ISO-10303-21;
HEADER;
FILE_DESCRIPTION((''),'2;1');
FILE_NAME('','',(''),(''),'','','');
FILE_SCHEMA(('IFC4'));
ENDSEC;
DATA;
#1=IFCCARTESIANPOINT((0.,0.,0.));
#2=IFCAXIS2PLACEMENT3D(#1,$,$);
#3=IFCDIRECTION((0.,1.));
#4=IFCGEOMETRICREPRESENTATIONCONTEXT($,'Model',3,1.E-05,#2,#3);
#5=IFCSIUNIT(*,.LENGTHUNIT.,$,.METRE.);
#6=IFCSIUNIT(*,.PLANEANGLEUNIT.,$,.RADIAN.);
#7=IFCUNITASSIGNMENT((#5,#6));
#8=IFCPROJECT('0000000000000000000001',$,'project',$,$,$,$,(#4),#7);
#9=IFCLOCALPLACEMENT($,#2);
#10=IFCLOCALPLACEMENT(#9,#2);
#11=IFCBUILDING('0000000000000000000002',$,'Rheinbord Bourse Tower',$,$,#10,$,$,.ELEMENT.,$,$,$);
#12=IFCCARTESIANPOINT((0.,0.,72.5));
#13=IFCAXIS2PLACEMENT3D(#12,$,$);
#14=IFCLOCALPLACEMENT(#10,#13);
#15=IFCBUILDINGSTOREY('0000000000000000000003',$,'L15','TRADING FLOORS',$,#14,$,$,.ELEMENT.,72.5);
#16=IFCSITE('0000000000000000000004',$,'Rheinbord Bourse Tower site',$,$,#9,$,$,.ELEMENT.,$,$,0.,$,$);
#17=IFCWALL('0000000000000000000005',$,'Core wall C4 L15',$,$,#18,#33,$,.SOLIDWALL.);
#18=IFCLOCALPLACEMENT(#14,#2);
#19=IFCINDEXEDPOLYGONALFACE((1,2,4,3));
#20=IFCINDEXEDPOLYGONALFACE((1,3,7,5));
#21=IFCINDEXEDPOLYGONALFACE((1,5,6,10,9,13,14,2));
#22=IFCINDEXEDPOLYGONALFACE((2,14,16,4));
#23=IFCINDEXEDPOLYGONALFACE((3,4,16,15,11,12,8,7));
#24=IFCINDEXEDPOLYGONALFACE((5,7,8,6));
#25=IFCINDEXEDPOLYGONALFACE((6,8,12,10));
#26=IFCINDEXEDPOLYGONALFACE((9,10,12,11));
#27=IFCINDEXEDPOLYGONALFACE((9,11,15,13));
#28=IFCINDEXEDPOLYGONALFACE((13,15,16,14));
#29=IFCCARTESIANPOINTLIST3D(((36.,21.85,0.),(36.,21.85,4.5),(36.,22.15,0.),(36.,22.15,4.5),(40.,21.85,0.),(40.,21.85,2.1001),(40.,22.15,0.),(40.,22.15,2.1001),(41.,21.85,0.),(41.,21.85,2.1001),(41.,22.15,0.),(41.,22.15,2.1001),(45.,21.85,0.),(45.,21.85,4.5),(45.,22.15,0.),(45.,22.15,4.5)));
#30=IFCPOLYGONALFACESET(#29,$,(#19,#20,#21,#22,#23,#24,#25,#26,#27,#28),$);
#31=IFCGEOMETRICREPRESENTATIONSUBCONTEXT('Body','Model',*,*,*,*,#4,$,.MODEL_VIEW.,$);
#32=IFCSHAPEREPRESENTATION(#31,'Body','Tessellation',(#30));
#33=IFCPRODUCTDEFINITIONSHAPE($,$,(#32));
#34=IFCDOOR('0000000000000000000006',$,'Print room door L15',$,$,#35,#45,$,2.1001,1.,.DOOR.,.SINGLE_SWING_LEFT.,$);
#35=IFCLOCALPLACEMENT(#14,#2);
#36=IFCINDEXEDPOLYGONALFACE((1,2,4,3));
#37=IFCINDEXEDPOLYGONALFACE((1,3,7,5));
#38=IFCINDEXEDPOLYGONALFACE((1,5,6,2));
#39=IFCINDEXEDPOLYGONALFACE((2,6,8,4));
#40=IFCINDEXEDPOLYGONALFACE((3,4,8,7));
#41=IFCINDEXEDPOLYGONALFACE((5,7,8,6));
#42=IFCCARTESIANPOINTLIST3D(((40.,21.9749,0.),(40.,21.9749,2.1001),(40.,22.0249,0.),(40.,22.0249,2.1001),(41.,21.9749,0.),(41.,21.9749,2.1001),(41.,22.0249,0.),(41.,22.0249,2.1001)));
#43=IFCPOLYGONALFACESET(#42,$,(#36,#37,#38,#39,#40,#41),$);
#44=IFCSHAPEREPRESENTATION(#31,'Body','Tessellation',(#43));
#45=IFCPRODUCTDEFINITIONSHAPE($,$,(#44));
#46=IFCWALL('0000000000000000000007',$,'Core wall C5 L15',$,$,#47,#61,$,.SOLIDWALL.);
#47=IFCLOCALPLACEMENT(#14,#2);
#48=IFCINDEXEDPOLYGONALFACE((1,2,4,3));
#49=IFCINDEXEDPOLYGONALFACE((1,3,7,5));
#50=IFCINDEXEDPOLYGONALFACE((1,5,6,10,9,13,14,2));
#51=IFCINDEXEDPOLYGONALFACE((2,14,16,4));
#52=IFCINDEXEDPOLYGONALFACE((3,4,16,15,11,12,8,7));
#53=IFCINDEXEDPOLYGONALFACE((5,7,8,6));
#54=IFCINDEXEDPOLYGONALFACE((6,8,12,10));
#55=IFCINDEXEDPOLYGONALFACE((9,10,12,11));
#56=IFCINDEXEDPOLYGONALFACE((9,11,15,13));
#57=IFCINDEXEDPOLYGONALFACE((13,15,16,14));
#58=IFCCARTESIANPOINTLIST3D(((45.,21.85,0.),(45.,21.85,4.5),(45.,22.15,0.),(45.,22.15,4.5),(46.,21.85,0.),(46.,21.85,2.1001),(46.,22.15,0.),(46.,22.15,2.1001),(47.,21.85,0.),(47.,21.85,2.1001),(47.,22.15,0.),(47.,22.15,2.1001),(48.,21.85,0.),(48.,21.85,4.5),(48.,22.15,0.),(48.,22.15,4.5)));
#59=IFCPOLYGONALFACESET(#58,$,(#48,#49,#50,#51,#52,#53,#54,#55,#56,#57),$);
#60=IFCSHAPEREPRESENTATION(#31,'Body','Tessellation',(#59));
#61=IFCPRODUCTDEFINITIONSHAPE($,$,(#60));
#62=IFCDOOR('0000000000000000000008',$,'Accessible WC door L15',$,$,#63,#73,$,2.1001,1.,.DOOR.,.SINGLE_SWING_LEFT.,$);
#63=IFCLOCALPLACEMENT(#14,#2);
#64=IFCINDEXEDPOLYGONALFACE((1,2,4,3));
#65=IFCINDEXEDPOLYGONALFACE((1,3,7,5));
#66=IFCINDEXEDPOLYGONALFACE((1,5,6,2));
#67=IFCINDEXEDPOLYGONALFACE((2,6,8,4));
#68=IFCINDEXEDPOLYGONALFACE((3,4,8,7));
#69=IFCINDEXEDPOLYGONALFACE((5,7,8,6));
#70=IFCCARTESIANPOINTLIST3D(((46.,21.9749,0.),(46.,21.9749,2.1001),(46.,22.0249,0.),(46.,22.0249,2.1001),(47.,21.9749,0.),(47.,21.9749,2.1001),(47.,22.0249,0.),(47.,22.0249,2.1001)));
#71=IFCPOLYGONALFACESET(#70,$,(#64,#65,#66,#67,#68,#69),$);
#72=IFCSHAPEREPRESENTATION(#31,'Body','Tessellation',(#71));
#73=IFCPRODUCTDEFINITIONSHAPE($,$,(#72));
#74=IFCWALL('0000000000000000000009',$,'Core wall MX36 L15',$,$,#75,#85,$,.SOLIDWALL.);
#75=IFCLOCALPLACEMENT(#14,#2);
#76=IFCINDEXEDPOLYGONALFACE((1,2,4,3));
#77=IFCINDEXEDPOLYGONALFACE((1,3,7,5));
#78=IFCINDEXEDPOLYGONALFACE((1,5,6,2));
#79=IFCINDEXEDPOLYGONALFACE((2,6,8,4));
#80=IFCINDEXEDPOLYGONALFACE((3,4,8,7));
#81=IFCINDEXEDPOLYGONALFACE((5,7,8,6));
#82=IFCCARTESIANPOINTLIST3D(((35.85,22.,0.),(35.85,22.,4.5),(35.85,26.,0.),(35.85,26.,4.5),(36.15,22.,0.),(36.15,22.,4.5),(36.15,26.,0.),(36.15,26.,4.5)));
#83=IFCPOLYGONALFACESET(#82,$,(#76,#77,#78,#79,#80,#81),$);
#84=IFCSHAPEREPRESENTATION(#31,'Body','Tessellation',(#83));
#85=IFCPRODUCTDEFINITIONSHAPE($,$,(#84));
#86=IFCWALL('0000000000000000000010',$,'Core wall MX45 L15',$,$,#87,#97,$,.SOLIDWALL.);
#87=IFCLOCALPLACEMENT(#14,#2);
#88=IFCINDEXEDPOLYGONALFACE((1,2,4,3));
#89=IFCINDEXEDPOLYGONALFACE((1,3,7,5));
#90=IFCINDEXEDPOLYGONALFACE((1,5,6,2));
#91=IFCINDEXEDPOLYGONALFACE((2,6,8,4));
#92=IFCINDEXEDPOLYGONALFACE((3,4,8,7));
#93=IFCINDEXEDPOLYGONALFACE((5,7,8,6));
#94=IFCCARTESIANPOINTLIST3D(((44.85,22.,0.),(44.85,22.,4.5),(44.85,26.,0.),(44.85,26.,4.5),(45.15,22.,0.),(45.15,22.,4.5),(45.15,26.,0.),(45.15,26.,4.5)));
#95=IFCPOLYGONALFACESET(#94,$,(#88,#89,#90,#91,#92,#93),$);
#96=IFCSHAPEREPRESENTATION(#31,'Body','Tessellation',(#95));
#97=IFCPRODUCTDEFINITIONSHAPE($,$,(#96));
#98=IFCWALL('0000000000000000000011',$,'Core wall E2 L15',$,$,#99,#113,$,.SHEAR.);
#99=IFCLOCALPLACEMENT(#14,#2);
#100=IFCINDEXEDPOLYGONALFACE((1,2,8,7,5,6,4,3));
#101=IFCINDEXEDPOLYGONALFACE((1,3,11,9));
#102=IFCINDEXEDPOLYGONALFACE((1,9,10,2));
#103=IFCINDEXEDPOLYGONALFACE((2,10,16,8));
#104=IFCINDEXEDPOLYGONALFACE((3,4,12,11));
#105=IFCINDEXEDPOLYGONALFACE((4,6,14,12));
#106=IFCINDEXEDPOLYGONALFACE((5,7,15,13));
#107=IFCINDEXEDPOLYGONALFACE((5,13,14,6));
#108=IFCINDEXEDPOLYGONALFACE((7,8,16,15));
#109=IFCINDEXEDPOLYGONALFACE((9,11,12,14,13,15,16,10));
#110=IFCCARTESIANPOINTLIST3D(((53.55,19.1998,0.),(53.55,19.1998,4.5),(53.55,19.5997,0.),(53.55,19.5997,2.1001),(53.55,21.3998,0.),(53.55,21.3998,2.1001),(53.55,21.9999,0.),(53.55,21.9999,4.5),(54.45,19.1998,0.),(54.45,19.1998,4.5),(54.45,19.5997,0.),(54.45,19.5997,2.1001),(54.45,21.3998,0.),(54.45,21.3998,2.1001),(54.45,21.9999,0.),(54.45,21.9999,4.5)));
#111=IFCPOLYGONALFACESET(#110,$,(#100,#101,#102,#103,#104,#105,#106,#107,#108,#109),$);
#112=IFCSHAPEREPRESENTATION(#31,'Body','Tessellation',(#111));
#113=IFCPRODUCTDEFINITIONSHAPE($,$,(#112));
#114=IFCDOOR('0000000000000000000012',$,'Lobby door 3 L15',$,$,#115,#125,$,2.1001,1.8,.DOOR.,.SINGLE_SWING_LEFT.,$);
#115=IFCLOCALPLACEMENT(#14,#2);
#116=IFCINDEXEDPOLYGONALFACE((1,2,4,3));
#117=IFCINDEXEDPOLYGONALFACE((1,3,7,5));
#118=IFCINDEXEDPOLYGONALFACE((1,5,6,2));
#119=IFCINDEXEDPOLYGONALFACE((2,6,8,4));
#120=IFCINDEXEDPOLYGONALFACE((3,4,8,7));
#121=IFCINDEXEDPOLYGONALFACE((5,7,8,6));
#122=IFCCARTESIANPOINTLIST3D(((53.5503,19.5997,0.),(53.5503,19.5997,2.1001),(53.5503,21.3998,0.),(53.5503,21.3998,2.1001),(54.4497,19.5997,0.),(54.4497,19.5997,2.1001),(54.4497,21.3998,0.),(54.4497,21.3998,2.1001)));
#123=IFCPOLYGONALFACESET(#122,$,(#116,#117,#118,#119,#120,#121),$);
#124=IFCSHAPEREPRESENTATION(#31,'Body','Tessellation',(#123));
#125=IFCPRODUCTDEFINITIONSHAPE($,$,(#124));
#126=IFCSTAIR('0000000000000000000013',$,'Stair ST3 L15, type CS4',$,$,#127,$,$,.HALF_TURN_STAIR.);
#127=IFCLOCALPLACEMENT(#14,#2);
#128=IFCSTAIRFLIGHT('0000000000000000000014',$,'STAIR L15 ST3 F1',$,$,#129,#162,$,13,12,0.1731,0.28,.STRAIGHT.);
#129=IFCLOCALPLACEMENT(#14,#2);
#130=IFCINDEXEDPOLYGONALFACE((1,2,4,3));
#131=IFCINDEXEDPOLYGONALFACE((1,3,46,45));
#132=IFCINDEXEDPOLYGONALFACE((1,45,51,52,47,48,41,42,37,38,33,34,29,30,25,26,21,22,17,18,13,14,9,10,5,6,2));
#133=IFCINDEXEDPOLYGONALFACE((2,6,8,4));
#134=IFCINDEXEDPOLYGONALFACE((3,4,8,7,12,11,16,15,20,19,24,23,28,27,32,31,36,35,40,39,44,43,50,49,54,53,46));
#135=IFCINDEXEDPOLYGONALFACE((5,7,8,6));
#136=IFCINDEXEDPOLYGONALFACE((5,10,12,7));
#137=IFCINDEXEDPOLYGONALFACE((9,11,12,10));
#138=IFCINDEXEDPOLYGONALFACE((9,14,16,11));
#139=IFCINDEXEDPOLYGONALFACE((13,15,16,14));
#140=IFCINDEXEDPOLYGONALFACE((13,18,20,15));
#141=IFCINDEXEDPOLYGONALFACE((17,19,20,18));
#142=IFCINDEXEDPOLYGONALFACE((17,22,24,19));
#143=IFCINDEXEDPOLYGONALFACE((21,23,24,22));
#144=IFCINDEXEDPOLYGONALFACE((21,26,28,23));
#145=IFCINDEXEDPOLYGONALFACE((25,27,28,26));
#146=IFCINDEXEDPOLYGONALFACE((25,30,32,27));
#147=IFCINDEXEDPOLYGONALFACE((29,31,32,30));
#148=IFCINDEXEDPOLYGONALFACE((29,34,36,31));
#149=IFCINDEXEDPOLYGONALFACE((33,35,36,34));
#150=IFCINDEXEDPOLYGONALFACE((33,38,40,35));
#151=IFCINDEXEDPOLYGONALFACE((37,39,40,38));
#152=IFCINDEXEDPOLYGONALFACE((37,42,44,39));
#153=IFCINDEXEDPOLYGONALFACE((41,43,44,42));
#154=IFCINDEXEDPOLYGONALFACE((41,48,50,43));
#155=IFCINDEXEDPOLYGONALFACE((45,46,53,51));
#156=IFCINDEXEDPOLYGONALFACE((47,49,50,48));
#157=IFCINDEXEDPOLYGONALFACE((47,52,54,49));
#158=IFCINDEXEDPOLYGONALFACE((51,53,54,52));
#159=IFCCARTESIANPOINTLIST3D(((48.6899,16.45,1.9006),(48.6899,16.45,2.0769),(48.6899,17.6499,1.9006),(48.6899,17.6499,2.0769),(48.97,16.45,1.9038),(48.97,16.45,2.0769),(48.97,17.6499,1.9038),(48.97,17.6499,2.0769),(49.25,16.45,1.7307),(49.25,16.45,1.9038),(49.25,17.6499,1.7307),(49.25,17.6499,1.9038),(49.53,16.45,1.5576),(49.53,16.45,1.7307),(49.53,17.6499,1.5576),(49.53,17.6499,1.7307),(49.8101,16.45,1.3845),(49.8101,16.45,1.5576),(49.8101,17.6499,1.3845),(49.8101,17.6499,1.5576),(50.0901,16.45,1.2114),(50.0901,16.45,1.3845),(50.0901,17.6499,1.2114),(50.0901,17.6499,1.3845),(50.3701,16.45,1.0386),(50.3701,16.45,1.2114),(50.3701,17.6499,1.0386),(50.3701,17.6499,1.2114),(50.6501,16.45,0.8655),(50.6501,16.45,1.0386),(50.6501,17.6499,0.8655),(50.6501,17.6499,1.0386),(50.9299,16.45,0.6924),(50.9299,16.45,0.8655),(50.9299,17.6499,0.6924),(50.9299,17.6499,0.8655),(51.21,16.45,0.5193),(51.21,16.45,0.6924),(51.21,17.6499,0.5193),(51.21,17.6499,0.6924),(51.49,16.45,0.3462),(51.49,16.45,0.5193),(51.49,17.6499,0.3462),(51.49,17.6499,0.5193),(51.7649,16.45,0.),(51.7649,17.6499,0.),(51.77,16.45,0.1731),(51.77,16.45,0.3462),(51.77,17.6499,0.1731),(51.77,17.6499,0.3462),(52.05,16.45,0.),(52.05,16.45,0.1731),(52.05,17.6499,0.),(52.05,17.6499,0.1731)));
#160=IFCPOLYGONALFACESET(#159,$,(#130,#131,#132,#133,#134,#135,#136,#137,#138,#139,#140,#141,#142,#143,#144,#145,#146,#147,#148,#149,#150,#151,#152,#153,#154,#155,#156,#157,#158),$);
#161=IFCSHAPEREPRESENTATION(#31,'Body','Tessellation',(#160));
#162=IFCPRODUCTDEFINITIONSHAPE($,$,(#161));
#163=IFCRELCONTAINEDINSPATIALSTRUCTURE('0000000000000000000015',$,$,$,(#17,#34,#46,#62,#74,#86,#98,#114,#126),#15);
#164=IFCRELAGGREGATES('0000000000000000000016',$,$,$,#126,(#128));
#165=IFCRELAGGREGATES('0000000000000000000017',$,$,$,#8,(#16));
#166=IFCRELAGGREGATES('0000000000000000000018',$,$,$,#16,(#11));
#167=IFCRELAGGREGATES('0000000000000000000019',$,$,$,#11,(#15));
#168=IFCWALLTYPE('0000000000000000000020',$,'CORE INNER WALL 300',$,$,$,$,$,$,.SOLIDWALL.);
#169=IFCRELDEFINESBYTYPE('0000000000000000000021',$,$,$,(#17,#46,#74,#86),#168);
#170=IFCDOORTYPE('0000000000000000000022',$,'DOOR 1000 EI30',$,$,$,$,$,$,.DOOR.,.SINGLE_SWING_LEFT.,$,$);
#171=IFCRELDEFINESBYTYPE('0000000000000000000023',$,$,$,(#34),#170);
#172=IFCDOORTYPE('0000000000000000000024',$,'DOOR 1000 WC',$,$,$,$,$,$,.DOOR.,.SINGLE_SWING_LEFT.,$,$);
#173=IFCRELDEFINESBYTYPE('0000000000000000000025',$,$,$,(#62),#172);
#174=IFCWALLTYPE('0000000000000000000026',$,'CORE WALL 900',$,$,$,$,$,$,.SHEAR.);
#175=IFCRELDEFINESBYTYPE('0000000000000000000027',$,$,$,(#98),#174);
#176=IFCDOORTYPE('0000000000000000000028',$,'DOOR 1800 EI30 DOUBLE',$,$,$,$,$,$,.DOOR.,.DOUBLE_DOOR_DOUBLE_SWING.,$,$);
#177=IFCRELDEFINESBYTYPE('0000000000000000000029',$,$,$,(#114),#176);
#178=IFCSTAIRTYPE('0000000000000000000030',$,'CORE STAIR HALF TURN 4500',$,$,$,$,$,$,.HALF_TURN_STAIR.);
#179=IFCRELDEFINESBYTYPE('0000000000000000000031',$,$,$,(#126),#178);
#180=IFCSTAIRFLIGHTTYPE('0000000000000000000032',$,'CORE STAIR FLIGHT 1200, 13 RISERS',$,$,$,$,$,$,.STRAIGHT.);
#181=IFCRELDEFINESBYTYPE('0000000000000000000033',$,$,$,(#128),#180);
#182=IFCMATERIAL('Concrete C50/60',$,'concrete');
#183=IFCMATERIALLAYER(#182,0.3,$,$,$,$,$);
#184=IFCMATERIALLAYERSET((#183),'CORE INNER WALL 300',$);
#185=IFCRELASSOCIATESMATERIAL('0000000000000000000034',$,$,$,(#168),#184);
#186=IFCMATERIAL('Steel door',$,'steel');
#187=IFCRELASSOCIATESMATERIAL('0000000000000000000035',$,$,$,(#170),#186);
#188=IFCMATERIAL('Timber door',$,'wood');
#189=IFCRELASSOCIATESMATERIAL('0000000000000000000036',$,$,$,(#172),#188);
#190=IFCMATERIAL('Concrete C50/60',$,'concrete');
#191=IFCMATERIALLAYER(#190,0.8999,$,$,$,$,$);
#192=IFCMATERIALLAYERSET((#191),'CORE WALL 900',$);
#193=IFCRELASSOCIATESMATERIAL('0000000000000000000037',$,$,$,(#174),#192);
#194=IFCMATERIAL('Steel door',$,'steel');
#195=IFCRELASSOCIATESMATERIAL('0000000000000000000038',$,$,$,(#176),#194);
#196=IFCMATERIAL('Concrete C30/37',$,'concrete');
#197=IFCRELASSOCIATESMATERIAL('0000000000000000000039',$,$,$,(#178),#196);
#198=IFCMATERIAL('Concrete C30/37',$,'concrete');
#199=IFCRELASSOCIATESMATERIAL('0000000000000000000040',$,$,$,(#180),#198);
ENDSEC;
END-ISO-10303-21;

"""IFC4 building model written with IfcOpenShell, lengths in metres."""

from ifc_helpers import new_model, si_unit, direction, frame, frame_2d, origin, place, context, subcontext, project, spatial, polyline, rectangle, outline, extrude, material, layer, layer_set, type_object, element, fill, aggregate, save


model = new_model("IFC4")

# Units and contexts
model_context = context("Model", 3, precision=1e-05, world=origin(), true_north=direction((0.0, 1.0)))
body_context = subcontext(model_context, "Body", "Model", "MODEL_VIEW")
ifc_project = project(units=[si_unit("LENGTHUNIT", "METRE"), si_unit("PLANEANGLEUNIT", "RADIAN")], contexts=[model_context])

# Site, building, storey
site_placement = place(None, origin())
site = spatial("IfcSite", under=ifc_project, at=site_placement, Name="Rheinbord Bourse Tower site", CompositionType="ELEMENT", RefElevation=0.0)
building_placement = place(site_placement, origin())
building = spatial("IfcBuilding", under=site, at=building_placement, Name="Rheinbord Bourse Tower", CompositionType="ELEMENT")
storey_placement = place(building_placement, frame((0.0, 0.0, 72.5)))
storey = spatial("IfcBuildingStorey", under=building, at=storey_placement, Name="L15", Description="TRADING FLOORS", CompositionType="ELEMENT", Elevation=72.5)

# Shared definitions
ifc_material_1 = material(Name="Concrete C50/60", Category="concrete")
ifc_layer_1 = layer(ifc_material_1, 0.3)
ifc_layer_set_1 = layer_set([ifc_layer_1], Name="CORE INNER WALL 300")
wall_type_1 = type_object("IfcWallType", Name="CORE INNER WALL 300", PredefinedType="SOLIDWALL", material=ifc_layer_set_1)

# Walls, openings, doors
ifc_material_2 = material(Name="Steel door", Category="steel")
door_type_1 = type_object("IfcDoorType", Name="DOOR 1000 EI30", OperationType="SINGLE_SWING_LEFT", PredefinedType="DOOR", material=ifc_material_2)
wall_1_placement = place(storey_placement, frame((36.0, 22.0, 0.0), z_axis=(0.0, 0.0, 1.0), x_axis=(1.0, 0.0, 0.0)))
wall_1 = element("IfcWall", 1, at=wall_1_placement, inside=storey, type_object=wall_type_1, Name="Core wall C4 L15", PredefinedType="SOLIDWALL", context=body_context, shape_type="SweptSolid", body=[
    extrude(rectangle(XDim=9.0, YDim=0.3, at=frame_2d((4.5, 0.0))), origin(), (0.0, 0.0, 1.0), 4.5),
])
opening_1_placement = place(wall_1_placement, frame((4.0, 0.0, 0.0)))
opening_1 = element("IfcOpeningElement", 2, at=opening_1_placement, cuts=wall_1, PredefinedType="OPENING", context=body_context, shape_type="SweptSolid", body=[
    extrude(rectangle(XDim=1.0, YDim=2.1001, at=frame_2d((0.5, 1.05))), frame((0.0, 0.1599, 0.0), z_axis=(0.0, -1.0, 0.0), x_axis=(1.0, 0.0, 0.0)), (0.0, 0.0, 1.0), 0.3201),
])
door_1_placement = place(opening_1_placement, origin())
door_1 = element("IfcDoor", 3, at=door_1_placement, inside=storey, type_object=door_type_1, Name="Print room door L15", OperationType="SINGLE_SWING_LEFT", OverallHeight=2.1001, OverallWidth=1.0, PredefinedType="DOOR", context=body_context, shape_type="SweptSolid", body=[
    extrude(rectangle(XDim=1.0, YDim=2.1001, at=frame_2d((0.5, 1.05))), frame((0.0, 0.0249, 0.0), z_axis=(0.0, -1.0, 0.0), x_axis=(1.0, 0.0, 0.0)), (0.0, 0.0, 1.0), 0.05),
])
fill(opening_1, door_1)
wall_2_placement = place(storey_placement, frame((45.0, 22.0, 0.0), z_axis=(0.0, 0.0, 1.0), x_axis=(1.0, 0.0, 0.0)))
wall_2 = element("IfcWall", 4, at=wall_2_placement, inside=storey, type_object=wall_type_1, Name="Core wall C5 L15", PredefinedType="SOLIDWALL", context=body_context, shape_type="SweptSolid", body=[
    extrude(rectangle(XDim=3.0, YDim=0.3, at=frame_2d((1.5, 0.0))), origin(), (0.0, 0.0, 1.0), 4.5),
])
opening_2_placement = place(wall_2_placement, frame((1.0, 0.0, 0.0)))
opening_2 = element("IfcOpeningElement", 5, at=opening_2_placement, cuts=wall_2, PredefinedType="OPENING", context=body_context, shape_type="SweptSolid", body=[
    extrude(rectangle(XDim=1.0, YDim=2.1001, at=frame_2d((0.5, 1.05))), frame((0.0, 0.1599, 0.0), z_axis=(0.0, -1.0, 0.0), x_axis=(1.0, 0.0, 0.0)), (0.0, 0.0, 1.0), 0.3201),
])
ifc_material_3 = material(Name="Timber door", Category="wood")
door_type_2 = type_object("IfcDoorType", Name="DOOR 1000 WC", OperationType="SINGLE_SWING_LEFT", PredefinedType="DOOR", material=ifc_material_3)
door_2_placement = place(opening_2_placement, origin())
door_2 = element("IfcDoor", 6, at=door_2_placement, inside=storey, type_object=door_type_2, Name="Accessible WC door L15", OperationType="SINGLE_SWING_LEFT", OverallHeight=2.1001, OverallWidth=1.0, PredefinedType="DOOR", context=body_context, shape_type="SweptSolid", body=[
    extrude(rectangle(XDim=1.0, YDim=2.1001, at=frame_2d((0.5, 1.05))), frame((0.0, 0.0249, 0.0), z_axis=(0.0, -1.0, 0.0), x_axis=(1.0, 0.0, 0.0)), (0.0, 0.0, 1.0), 0.05),
])
fill(opening_2, door_2)

# Walls
for number, where, z_axis, x_axis, name in (
    (7, (36.0, 22.0, 0.0), (0.0, 0.0, 1.0), (0.0, 1.0, 0.0), "Core wall MX36 L15"),
    (8, (45.0, 22.0, 0.0), (0.0, 0.0, 1.0), (0.0, 1.0, 0.0), "Core wall MX45 L15"),
):
    element("IfcWall", number, at=place(storey_placement, frame(where, z_axis=z_axis, x_axis=x_axis)), inside=storey, type_object=wall_type_1, Name=name, PredefinedType="SOLIDWALL", context=body_context, shape_type="SweptSolid", body=[
        extrude(rectangle(XDim=4.0, YDim=0.3, at=frame_2d((2.0, 0.0))), origin(), (0.0, 0.0, 1.0), 4.5),
    ])

# Wall, opening, door
ifc_material_4 = material(Name="Concrete C50/60", Category="concrete")
ifc_layer_2 = layer(ifc_material_4, 0.8999)
ifc_layer_set_2 = layer_set([ifc_layer_2], Name="CORE WALL 900")
wall_type_2 = type_object("IfcWallType", Name="CORE WALL 900", PredefinedType="SHEAR", material=ifc_layer_set_2)
wall_3_placement = place(storey_placement, frame((54.0, 19.2, 0.0), z_axis=(0.0, 0.0, 1.0), x_axis=(0.0, 1.0, 0.0)))
wall_3 = element("IfcWall", 9, at=wall_3_placement, inside=storey, type_object=wall_type_2, Name="Core wall E2 L15", PredefinedType="SHEAR", context=body_context, shape_type="SweptSolid", body=[
    extrude(rectangle(XDim=2.8, YDim=0.8999, at=frame_2d((1.3999, 0.0))), origin(), (0.0, 0.0, 1.0), 4.5),
])
opening_3_placement = place(wall_3_placement, frame((0.3999, 0.0, 0.0)))
opening_3 = element("IfcOpeningElement", 10, at=opening_3_placement, cuts=wall_3, PredefinedType="OPENING", context=body_context, shape_type="SweptSolid", body=[
    extrude(rectangle(XDim=1.8, YDim=2.1001, at=frame_2d((0.8999, 1.05))), frame((0.0, 0.46, 0.0), z_axis=(0.0, -1.0, 0.0), x_axis=(1.0, 0.0, 0.0)), (0.0, 0.0, 1.0), 0.9199),
])
ifc_material_5 = material(Name="Steel door", Category="steel")
door_type_3 = type_object("IfcDoorType", Name="DOOR 1800 EI30 DOUBLE", OperationType="DOUBLE_DOOR_DOUBLE_SWING", PredefinedType="DOOR", material=ifc_material_5)
door_3_placement = place(opening_3_placement, origin())
door_3 = element("IfcDoor", 11, at=door_3_placement, inside=storey, type_object=door_type_3, Name="Lobby door 3 L15", OperationType="SINGLE_SWING_LEFT", OverallHeight=2.1001, OverallWidth=1.8, PredefinedType="DOOR", context=body_context, shape_type="SweptSolid", body=[
    extrude(rectangle(XDim=1.8, YDim=2.1001, at=frame_2d((0.8999, 1.05))), frame((0.0, 0.4497, 0.0), z_axis=(0.0, -1.0, 0.0), x_axis=(1.0, 0.0, 0.0)), (0.0, 0.0, 1.0), 0.8994),
])
fill(opening_3, door_3)

# Stair, stair flight
ifc_material_6 = material(Name="Concrete C30/37", Category="concrete")
stair_type = type_object("IfcStairType", Name="CORE STAIR HALF TURN 4500", PredefinedType="HALF_TURN_STAIR", material=ifc_material_6)
stair_placement = place(storey_placement, origin())
stair = element("IfcStair", 12, at=stair_placement, inside=storey, type_object=stair_type, Name="Stair ST3 L15, type CS4", PredefinedType="HALF_TURN_STAIR")
ifc_material_7 = material(Name="Concrete C30/37", Category="concrete")
stair_flight_type = type_object("IfcStairFlightType", Name="CORE STAIR FLIGHT 1200, 13 RISERS", PredefinedType="STRAIGHT", material=ifc_material_7)
stair_flight_1_placement = place(storey_placement, frame((52.05, 17.05, 0.0), z_axis=(0.0, 0.0, 1.0), x_axis=(-1.0, 0.0, 0.0)))
stair_flight_1 = element("IfcStairFlight", 13, at=stair_flight_1_placement, type_object=stair_flight_type, Name="STAIR L15 ST3 F1", NumberOfRisers=13, NumberOfTreads=12, PredefinedType="STRAIGHT", RiserHeight=0.1731, TreadLength=0.28, context=body_context, shape_type="SweptSolid", body=[
    extrude(outline(polyline([(0.0, 0.0), (0.0, 0.1731), (0.28, 0.1731), (0.28, 0.3462), (0.5601, 0.3462), (0.5601, 0.5193), (0.8401, 0.5193), (0.8401, 0.6924), (1.1201, 0.6924), (1.1201, 0.8655), (1.3999, 0.8655), (1.3999, 1.0386), (1.6799, 1.0386), (1.6799, 1.2114), (1.96, 1.2114), (1.96, 1.3845), (2.24, 1.3845), (2.24, 1.5576), (2.52, 1.5576), (2.52, 1.7307), (2.8, 1.7307), (2.8, 1.9038), (3.0801, 1.9038), (3.0801, 2.0769), (3.3601, 2.0769), (3.3601, 2.25), (3.3601, 1.9006), (0.2852, 0.0), (0.0, 0.0)])), frame((0.0, 0.6001, 0.0), z_axis=(0.0, -1.0, 0.0), x_axis=(1.0, 0.0, 0.0)), (0.0, 0.0, 1.0), 1.2),
])
aggregate(stair, [stair_flight_1])

save(model, "model.ifc")
